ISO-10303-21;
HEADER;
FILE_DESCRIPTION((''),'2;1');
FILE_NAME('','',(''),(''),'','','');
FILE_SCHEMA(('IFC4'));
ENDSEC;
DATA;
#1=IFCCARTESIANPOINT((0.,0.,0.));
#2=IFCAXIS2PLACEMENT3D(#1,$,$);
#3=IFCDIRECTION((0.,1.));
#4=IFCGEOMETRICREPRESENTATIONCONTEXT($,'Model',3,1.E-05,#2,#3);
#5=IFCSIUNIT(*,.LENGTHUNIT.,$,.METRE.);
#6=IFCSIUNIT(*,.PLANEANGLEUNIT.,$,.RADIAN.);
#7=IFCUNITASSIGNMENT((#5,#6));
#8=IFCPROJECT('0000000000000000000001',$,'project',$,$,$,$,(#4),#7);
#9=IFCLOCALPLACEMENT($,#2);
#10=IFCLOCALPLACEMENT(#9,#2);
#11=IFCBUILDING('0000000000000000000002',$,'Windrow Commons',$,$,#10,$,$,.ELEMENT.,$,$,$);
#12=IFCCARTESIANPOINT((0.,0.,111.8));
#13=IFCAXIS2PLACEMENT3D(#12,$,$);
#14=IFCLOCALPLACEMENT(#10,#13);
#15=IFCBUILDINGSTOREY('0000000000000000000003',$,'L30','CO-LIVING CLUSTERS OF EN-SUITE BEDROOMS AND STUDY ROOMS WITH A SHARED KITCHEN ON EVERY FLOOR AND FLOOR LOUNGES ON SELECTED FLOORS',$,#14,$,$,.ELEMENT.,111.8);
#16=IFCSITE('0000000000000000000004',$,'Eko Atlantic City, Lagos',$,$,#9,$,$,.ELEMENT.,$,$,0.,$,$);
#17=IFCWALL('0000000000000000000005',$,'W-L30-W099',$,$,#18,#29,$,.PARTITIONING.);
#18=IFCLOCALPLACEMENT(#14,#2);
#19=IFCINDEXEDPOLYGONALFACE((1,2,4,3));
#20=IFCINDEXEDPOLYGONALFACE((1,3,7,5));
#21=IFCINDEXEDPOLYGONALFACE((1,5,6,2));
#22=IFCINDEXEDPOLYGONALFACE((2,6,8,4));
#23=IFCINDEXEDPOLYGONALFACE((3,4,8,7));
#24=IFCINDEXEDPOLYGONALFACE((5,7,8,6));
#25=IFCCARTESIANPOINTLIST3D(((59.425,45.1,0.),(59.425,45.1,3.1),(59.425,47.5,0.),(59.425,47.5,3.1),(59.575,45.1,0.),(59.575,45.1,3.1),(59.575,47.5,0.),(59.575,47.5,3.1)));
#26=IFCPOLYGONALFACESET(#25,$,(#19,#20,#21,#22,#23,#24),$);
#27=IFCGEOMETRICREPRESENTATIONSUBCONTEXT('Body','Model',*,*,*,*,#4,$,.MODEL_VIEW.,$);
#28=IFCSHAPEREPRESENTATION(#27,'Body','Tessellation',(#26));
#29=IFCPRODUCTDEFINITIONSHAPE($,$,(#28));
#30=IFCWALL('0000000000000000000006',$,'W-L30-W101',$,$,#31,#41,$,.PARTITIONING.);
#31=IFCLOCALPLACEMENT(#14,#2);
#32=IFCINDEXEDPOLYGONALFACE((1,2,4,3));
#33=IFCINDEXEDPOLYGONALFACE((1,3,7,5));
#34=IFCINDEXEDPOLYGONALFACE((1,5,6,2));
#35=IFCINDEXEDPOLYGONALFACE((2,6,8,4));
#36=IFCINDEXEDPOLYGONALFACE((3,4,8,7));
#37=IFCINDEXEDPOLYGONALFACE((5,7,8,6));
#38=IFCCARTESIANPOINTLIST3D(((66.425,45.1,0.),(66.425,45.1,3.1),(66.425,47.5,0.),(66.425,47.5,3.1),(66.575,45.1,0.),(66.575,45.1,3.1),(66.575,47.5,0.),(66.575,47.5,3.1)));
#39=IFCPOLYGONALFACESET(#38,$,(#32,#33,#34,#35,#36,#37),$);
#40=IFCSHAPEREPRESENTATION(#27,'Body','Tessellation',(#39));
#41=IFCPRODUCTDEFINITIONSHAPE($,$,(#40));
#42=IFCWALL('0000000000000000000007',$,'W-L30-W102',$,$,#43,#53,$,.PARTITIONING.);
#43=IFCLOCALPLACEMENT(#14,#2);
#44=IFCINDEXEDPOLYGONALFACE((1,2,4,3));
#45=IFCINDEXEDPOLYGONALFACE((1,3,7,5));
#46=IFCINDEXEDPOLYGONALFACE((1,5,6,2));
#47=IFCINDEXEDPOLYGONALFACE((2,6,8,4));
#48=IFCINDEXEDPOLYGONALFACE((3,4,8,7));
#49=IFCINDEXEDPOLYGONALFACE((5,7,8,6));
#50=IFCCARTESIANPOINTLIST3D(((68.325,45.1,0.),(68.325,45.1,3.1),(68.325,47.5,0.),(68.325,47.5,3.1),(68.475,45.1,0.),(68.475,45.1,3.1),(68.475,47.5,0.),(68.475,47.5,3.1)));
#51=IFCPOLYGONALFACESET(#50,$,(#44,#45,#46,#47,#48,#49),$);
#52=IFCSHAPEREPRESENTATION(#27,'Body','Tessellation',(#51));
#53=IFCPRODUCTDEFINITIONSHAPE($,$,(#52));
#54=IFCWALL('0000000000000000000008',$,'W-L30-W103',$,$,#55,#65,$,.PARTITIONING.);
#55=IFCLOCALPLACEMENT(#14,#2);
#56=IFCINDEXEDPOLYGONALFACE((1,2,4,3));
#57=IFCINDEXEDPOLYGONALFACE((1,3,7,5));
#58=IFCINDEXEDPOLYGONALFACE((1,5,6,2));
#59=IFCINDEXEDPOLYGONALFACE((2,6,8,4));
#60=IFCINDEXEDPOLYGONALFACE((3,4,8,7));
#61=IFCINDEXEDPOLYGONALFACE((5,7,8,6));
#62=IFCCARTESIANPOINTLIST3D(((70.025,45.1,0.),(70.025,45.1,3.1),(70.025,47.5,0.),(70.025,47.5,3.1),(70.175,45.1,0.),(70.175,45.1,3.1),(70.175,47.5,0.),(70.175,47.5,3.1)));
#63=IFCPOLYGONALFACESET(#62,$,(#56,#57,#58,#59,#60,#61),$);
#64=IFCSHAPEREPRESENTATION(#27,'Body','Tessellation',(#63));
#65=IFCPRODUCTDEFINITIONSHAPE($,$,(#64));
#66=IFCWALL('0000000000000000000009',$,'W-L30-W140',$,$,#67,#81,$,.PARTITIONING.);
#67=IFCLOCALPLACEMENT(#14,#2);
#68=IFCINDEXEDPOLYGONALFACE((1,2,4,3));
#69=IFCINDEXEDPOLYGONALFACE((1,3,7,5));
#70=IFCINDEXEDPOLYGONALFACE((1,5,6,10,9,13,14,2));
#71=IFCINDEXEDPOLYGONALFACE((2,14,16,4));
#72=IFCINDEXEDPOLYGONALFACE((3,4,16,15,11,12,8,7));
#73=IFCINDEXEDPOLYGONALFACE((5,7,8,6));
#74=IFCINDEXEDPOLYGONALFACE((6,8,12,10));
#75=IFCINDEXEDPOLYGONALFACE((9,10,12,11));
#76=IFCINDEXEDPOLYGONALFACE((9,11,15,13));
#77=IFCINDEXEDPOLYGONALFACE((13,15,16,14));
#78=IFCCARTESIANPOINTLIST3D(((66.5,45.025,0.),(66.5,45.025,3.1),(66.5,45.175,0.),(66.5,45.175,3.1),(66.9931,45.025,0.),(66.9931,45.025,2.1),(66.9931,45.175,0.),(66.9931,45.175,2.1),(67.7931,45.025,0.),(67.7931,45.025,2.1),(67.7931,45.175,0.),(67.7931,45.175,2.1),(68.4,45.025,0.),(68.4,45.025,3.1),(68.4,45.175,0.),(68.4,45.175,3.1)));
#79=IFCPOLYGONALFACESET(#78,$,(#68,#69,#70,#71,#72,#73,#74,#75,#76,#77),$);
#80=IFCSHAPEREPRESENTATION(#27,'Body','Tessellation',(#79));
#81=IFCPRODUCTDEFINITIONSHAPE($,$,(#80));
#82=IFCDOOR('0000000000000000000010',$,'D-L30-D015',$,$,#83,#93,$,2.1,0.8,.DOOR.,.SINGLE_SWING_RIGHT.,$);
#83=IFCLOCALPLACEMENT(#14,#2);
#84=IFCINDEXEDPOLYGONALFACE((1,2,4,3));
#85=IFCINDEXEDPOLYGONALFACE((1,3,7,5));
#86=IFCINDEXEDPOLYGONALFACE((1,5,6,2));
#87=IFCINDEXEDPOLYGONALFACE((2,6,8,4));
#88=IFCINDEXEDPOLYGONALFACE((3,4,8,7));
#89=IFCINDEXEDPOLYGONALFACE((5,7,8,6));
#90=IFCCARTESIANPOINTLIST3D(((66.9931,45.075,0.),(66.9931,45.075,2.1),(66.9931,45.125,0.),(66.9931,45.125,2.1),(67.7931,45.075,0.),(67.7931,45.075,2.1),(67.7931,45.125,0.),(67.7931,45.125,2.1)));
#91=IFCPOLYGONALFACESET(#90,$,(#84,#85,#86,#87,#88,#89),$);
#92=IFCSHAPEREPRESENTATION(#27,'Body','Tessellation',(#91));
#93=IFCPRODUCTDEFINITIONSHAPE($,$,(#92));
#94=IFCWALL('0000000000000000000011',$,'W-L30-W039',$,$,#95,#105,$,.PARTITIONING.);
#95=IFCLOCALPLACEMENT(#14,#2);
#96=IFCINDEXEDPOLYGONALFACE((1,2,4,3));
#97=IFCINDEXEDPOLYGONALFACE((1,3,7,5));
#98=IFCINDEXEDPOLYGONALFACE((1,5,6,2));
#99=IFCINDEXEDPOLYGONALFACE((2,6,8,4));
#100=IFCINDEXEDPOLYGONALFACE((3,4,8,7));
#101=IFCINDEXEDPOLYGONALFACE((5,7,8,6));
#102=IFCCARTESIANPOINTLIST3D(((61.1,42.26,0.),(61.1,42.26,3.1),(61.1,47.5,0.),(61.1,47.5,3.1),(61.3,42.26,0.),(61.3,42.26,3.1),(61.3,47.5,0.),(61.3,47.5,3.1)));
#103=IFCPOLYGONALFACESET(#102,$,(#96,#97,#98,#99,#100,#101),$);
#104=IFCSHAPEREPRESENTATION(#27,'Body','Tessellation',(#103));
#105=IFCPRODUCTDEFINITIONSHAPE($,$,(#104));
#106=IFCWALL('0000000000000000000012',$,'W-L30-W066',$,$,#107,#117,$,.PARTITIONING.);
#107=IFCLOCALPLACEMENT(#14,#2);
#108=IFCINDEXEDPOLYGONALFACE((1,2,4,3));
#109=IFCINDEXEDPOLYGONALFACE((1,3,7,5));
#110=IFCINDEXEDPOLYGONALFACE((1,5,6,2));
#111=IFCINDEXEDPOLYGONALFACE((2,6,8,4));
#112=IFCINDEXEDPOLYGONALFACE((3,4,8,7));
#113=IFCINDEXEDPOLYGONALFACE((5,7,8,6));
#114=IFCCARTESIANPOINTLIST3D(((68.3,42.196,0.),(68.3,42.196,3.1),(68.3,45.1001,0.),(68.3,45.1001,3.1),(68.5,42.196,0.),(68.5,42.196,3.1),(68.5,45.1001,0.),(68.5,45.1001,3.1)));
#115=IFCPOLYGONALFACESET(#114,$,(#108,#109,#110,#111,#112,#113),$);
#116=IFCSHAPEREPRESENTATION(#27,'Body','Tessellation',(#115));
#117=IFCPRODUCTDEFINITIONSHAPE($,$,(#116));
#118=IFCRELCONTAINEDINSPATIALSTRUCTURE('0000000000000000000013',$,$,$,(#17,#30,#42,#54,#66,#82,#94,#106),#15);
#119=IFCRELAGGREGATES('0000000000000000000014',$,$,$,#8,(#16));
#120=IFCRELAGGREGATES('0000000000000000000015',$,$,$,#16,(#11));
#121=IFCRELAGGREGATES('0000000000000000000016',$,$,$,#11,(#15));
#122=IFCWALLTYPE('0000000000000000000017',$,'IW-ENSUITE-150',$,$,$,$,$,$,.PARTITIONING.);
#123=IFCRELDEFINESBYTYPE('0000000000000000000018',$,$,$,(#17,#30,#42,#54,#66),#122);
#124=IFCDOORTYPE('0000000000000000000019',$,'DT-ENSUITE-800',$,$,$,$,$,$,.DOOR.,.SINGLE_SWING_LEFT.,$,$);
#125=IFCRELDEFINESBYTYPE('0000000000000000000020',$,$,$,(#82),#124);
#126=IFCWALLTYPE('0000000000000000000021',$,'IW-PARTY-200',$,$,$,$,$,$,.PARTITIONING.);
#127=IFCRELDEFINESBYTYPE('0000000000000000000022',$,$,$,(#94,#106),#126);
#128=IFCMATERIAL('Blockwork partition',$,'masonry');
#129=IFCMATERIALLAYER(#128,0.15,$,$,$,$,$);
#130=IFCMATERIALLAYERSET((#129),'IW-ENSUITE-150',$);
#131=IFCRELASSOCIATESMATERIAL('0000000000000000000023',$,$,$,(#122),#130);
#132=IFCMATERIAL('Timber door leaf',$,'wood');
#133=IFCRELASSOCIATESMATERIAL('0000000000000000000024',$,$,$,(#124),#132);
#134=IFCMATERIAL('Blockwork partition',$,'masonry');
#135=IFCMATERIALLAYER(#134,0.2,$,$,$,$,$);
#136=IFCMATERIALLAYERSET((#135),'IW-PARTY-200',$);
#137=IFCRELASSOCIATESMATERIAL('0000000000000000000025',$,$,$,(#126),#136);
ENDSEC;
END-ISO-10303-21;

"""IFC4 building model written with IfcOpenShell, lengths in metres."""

from ifc_helpers import new_model, si_unit, direction, frame, frame_2d, origin, place, context, subcontext, project, spatial, rectangle, extrude, material, layer, layer_set, type_object, element, fill, save


model = new_model("IFC4")

# Units and contexts
model_context = context("Model", 3, precision=1e-05, world=origin(), true_north=direction((0.0, 1.0)))
body_context = subcontext(model_context, "Body", "Model", "MODEL_VIEW")
ifc_project = project(units=[si_unit("LENGTHUNIT", "METRE"), si_unit("PLANEANGLEUNIT", "RADIAN")], contexts=[model_context])

# Site, building, storey
site_placement = place(None, origin())
site = spatial("IfcSite", under=ifc_project, at=site_placement, Name="Eko Atlantic City, Lagos", CompositionType="ELEMENT", RefElevation=0.0)
building_placement = place(site_placement, origin())
building = spatial("IfcBuilding", under=site, at=building_placement, Name="Windrow Commons", CompositionType="ELEMENT")
storey_placement = place(building_placement, frame((0.0, 0.0, 111.8)))
storey = spatial("IfcBuildingStorey", under=building, at=storey_placement, Name="L30", Description="CO-LIVING CLUSTERS OF EN-SUITE BEDROOMS AND STUDY ROOMS WITH A SHARED KITCHEN ON EVERY FLOOR AND FLOOR LOUNGES ON SELECTED FLOORS", CompositionType="ELEMENT", Elevation=111.8)

# Walls
ifc_material_1 = material(Name="Blockwork partition", Category="masonry")
ifc_layer_1 = layer(ifc_material_1, 0.15)
ifc_layer_set_1 = layer_set([ifc_layer_1], Name="IW-ENSUITE-150")
wall_type_1 = type_object("IfcWallType", Name="IW-ENSUITE-150", PredefinedType="PARTITIONING", material=ifc_layer_set_1)
for number, where, z_axis, x_axis, name in (
    (1, (59.5, 45.1, 0.0), (0.0, 0.0, 1.0), (0.0, 1.0, 0.0), "W-L30-W099"),
    (2, (66.5, 45.1, 0.0), (0.0, 0.0, 1.0), (0.0, 1.0, 0.0), "W-L30-W101"),
    (3, (68.4, 45.1, 0.0), (0.0, 0.0, 1.0), (0.0, 1.0, 0.0), "W-L30-W102"),
    (4, (70.1, 45.1, 0.0), (0.0, 0.0, 1.0), (0.0, 1.0, 0.0), "W-L30-W103"),
):
    element("IfcWall", number, at=place(storey_placement, frame(where, z_axis=z_axis, x_axis=x_axis)), inside=storey, type_object=wall_type_1, Name=name, PredefinedType="PARTITIONING", context=body_context, shape_type="SweptSolid", body=[
        extrude(rectangle(XDim=2.4, YDim=0.15, at=frame_2d((1.2, 0.0))), origin(), (0.0, 0.0, 1.0), 3.1),
    ])

# Wall, opening, door
wall_1_placement = place(storey_placement, frame((66.5, 45.1, 0.0), z_axis=(0.0, 0.0, 1.0), x_axis=(1.0, 0.0, 0.0)))
wall_1 = element("IfcWall", 5, at=wall_1_placement, inside=storey, type_object=wall_type_1, Name="W-L30-W140", PredefinedType="PARTITIONING", context=body_context, shape_type="SweptSolid", body=[
    extrude(rectangle(XDim=1.9, YDim=0.15, at=frame_2d((0.95, 0.0))), origin(), (0.0, 0.0, 1.0), 3.1),
])
opening_1_placement = place(wall_1_placement, frame((0.4931, 0.0, 0.0)))
opening_1 = element("IfcOpeningElement", 6, at=opening_1_placement, cuts=wall_1, PredefinedType="OPENING", context=body_context, shape_type="SweptSolid", body=[
    extrude(rectangle(XDim=0.8, YDim=2.1, at=frame_2d((0.4, 1.05))), frame((0.0, 0.085, 0.0), z_axis=(0.0, -1.0, 0.0), x_axis=(1.0, 0.0, 0.0)), (0.0, 0.0, 1.0), 0.17),
])
ifc_material_2 = material(Name="Timber door leaf", Category="wood")
door_type = type_object("IfcDoorType", Name="DT-ENSUITE-800", OperationType="SINGLE_SWING_LEFT", PredefinedType="DOOR", material=ifc_material_2)
door_placement = place(opening_1_placement, origin())
door = element("IfcDoor", 7, at=door_placement, inside=storey, type_object=door_type, Name="D-L30-D015", OperationType="SINGLE_SWING_RIGHT", OverallHeight=2.1, OverallWidth=0.8, PredefinedType="DOOR", context=body_context, shape_type="SweptSolid", body=[
    extrude(rectangle(XDim=0.8, YDim=2.1, at=frame_2d((0.4, 1.05))), frame((0.0, 0.025, 0.0), z_axis=(0.0, -1.0, 0.0), x_axis=(1.0, 0.0, 0.0)), (0.0, 0.0, 1.0), 0.05),
])
fill(opening_1, door)

# Walls
ifc_material_3 = material(Name="Blockwork partition", Category="masonry")
ifc_layer_2 = layer(ifc_material_3, 0.2)
ifc_layer_set_2 = layer_set([ifc_layer_2], Name="IW-PARTY-200")
wall_type_2 = type_object("IfcWallType", Name="IW-PARTY-200", PredefinedType="PARTITIONING", material=ifc_layer_set_2)
wall_2_placement = place(storey_placement, frame((61.2, 42.2601, 0.0), z_axis=(0.0, 0.0, 1.0), x_axis=(0.0, 1.0, 0.0)))
element("IfcWall", 8, at=wall_2_placement, inside=storey, type_object=wall_type_2, Name="W-L30-W039", PredefinedType="PARTITIONING", context=body_context, shape_type="SweptSolid", body=[
    extrude(rectangle(XDim=5.2399, YDim=0.2, at=frame_2d((2.6199, 0.0))), origin(), (0.0, 0.0, 1.0), 3.1),
])
wall_3_placement = place(storey_placement, frame((68.4, 42.1959, 0.0), z_axis=(0.0, 0.0, 1.0), x_axis=(0.0, 1.0, 0.0)))
element("IfcWall", 9, at=wall_3_placement, inside=storey, type_object=wall_type_2, Name="W-L30-W066", PredefinedType="PARTITIONING", context=body_context, shape_type="SweptSolid", body=[
    extrude(rectangle(XDim=2.9041, YDim=0.2, at=frame_2d((1.4521, 0.0))), origin(), (0.0, 0.0, 1.0), 3.1),
])

save(model, "model.ifc")
